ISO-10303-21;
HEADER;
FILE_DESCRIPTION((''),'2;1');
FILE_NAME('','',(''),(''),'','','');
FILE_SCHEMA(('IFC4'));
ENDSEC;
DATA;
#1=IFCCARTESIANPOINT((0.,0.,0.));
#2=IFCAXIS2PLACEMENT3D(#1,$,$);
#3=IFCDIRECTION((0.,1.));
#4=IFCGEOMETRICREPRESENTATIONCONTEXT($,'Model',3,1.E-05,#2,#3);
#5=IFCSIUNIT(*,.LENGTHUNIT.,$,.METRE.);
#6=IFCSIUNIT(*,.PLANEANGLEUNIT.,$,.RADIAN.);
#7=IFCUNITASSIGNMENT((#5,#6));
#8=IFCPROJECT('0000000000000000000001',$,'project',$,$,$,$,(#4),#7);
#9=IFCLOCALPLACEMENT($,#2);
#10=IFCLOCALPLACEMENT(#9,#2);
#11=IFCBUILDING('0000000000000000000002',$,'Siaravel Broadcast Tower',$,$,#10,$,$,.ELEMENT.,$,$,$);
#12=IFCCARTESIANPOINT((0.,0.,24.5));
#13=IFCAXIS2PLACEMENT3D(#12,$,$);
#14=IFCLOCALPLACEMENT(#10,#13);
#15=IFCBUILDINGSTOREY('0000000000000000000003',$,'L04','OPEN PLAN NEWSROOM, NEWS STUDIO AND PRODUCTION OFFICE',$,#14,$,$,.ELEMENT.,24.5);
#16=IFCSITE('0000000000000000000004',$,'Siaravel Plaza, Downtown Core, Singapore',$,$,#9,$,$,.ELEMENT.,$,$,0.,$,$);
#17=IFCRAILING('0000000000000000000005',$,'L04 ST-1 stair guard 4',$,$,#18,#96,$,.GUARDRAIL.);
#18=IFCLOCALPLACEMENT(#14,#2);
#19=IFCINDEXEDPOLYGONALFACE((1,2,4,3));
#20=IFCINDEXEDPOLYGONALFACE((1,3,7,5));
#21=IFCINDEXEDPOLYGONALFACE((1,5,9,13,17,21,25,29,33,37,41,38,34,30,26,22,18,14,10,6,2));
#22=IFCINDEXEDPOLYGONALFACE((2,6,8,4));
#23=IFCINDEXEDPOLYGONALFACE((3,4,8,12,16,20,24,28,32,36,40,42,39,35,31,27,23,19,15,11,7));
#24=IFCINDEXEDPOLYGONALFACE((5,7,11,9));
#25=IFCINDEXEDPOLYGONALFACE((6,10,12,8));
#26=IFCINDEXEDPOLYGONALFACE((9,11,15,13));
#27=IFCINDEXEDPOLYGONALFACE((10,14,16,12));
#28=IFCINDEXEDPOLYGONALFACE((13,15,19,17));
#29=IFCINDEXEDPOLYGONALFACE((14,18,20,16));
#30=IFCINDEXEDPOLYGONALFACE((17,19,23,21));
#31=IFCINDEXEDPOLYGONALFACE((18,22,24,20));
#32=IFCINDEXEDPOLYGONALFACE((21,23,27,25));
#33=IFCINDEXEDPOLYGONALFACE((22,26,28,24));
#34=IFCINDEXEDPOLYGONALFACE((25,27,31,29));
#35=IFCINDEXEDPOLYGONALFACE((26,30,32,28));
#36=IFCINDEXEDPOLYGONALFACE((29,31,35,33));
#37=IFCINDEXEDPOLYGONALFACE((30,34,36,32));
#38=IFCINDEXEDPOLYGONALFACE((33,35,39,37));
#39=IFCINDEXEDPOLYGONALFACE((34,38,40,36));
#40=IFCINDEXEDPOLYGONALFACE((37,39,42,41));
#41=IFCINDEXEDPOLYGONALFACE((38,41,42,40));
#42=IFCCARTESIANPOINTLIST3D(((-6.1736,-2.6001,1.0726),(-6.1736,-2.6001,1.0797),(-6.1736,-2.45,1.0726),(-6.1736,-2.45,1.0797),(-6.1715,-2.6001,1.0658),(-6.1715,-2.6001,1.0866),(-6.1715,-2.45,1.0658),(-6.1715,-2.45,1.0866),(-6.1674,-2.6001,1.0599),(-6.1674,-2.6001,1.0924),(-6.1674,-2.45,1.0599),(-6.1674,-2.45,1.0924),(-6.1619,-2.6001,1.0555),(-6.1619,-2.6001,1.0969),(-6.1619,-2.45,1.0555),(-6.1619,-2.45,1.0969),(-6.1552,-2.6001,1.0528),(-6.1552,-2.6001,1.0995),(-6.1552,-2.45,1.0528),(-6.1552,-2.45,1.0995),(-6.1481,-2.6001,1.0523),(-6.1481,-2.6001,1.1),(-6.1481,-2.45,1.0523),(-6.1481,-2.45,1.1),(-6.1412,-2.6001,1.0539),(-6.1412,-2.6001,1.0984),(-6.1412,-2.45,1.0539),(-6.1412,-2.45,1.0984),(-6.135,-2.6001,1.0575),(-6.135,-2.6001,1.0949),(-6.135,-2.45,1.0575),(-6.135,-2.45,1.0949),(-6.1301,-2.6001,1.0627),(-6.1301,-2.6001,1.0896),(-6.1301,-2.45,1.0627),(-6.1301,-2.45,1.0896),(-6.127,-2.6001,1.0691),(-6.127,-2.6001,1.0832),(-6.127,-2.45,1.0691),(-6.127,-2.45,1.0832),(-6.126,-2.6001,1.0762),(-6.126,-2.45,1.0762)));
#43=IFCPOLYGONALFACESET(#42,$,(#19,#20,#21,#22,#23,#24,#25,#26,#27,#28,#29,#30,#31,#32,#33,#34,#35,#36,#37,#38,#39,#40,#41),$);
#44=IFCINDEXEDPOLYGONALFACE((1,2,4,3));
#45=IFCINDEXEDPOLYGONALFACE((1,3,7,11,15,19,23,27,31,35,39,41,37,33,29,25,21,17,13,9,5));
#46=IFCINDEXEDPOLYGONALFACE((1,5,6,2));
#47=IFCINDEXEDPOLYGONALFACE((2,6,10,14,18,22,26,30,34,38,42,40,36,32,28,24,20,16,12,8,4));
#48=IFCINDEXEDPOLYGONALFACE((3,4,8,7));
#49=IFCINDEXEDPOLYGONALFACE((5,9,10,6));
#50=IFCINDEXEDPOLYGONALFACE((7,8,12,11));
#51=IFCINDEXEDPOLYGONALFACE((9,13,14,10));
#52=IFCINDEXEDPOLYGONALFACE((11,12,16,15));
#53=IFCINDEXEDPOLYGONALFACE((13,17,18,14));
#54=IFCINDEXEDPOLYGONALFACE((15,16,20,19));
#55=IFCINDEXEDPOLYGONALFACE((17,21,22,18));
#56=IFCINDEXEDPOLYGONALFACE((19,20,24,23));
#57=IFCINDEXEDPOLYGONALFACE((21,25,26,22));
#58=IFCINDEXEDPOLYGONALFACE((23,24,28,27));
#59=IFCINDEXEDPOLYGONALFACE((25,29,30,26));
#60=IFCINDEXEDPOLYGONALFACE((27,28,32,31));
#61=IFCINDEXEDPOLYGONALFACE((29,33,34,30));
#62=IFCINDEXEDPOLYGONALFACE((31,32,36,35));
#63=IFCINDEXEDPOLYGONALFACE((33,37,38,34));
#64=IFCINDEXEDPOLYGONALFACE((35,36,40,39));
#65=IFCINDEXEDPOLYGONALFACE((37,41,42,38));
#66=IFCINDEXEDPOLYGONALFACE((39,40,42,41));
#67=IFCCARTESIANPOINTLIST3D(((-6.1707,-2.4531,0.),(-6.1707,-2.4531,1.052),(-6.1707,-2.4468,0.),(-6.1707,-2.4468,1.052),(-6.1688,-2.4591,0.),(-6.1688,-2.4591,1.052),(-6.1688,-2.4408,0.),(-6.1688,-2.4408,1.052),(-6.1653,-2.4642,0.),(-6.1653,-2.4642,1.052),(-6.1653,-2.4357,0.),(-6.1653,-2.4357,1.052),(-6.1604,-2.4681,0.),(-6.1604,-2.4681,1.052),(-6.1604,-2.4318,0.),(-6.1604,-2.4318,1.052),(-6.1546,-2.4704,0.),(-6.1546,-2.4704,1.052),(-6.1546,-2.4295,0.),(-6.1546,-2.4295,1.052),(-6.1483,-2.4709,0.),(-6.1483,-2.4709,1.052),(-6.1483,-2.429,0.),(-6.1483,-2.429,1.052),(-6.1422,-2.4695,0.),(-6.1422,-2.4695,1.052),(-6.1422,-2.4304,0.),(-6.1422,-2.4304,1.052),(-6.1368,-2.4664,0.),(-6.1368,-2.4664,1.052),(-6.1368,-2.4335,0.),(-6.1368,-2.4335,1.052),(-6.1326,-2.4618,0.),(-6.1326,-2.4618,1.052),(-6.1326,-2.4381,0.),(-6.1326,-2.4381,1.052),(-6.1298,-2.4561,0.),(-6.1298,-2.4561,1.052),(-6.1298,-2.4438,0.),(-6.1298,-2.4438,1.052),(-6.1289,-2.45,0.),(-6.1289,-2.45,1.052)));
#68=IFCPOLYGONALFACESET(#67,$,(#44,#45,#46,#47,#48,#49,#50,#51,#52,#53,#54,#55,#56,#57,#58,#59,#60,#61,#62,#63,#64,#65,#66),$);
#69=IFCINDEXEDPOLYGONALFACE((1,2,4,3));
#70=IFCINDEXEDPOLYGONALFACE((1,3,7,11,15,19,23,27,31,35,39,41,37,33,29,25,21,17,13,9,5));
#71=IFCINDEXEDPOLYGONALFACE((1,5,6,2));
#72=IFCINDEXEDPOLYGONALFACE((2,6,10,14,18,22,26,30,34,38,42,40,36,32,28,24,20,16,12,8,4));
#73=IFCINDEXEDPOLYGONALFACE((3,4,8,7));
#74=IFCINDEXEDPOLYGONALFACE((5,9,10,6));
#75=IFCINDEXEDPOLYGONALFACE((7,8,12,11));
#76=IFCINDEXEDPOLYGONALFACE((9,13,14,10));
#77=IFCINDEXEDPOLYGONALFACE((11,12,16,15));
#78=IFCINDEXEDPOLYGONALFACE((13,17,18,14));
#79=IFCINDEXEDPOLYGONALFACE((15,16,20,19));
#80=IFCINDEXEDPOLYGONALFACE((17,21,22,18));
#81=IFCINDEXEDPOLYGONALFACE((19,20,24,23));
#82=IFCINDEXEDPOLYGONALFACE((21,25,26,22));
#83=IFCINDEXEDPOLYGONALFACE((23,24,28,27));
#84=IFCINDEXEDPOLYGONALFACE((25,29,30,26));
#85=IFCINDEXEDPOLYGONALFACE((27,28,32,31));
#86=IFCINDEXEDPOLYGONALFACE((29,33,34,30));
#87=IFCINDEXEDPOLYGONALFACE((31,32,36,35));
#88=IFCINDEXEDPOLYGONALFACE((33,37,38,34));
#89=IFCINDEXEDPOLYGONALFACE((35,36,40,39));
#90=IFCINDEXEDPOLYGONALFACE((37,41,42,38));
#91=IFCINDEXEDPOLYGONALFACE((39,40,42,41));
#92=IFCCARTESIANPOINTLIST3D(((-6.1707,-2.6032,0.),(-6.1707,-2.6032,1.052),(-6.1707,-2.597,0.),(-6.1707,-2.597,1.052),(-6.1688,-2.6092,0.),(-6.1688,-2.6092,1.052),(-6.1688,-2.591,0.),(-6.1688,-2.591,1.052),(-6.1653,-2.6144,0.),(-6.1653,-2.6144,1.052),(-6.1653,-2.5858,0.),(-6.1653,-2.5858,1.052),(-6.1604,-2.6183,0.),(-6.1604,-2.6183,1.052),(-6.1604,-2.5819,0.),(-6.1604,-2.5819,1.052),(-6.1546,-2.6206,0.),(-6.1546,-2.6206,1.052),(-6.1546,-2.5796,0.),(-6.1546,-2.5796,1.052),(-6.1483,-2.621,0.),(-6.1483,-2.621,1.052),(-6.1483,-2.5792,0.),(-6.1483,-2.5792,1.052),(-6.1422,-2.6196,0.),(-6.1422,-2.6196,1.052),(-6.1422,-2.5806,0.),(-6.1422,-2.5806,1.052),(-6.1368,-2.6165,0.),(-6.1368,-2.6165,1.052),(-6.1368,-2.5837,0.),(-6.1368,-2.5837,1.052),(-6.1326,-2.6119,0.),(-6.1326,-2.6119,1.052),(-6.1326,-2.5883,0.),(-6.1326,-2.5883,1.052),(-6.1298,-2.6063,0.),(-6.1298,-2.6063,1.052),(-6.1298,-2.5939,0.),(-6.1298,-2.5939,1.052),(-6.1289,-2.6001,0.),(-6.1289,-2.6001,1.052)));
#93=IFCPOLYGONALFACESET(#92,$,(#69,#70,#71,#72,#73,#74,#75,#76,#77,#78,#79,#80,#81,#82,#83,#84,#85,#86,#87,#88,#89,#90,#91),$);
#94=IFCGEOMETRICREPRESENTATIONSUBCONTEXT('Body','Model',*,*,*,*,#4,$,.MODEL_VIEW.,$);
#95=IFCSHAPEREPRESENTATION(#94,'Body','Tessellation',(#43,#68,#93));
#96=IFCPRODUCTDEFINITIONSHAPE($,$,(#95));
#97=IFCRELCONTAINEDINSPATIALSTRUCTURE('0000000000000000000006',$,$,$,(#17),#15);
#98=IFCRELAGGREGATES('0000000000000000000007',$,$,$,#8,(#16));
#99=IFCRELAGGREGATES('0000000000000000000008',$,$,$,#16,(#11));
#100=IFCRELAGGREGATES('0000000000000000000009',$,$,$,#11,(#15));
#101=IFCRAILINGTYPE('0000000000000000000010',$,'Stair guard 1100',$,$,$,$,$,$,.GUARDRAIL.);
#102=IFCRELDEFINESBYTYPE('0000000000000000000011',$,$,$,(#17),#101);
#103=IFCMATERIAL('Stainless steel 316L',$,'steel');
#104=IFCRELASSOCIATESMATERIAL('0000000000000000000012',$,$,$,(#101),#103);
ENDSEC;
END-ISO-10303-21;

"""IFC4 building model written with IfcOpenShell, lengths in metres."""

from ifc_helpers import new_model, si_unit, direction, frame, origin, origin_2d, place, context, subcontext, project, spatial, circle, extrude, material, type_object, element, save


model = new_model("IFC4")

# Units and contexts
model_context = context("Model", 3, precision=1e-05, world=origin(), true_north=direction((0.0, 1.0)))
body_context = subcontext(model_context, "Body", "Model", "MODEL_VIEW")
ifc_project = project(units=[si_unit("LENGTHUNIT", "METRE"), si_unit("PLANEANGLEUNIT", "RADIAN")], contexts=[model_context])

# Site, building, storey
site_placement = place(None, origin())
site = spatial("IfcSite", under=ifc_project, at=site_placement, Name="Siaravel Plaza, Downtown Core, Singapore", CompositionType="ELEMENT", RefElevation=0.0)
building_placement = place(site_placement, origin())
building = spatial("IfcBuilding", under=site, at=building_placement, Name="Siaravel Broadcast Tower", CompositionType="ELEMENT")
storey_placement = place(building_placement, frame((0.0, 0.0, 24.5)))
storey = spatial("IfcBuildingStorey", under=building, at=storey_placement, Name="L04", Description="OPEN PLAN NEWSROOM, NEWS STUDIO AND PRODUCTION OFFICE", CompositionType="ELEMENT", Elevation=24.5)

# Railing
ifc_material_1 = material(Name="Stainless steel 316L", Category="steel")
railing_type_1 = type_object("IfcRailingType", Name="Stair guard 1100", PredefinedType="GUARDRAIL", material=ifc_material_1)
railing_1_placement = place(storey_placement, frame((-6.1499, -2.45, 0.0)))
element("IfcRailing", 1, at=railing_1_placement, inside=storey, type_object=railing_type_1, Name="L04 ST-1 stair guard 4", PredefinedType="GUARDRAIL", context=body_context, shape_type="SweptSolid", body=[
    extrude(circle(Radius=0.0239, at=origin_2d()), frame((0.0, 0.0, 1.0762), z_axis=(0.0, -1.0, 0.0), x_axis=(1.0, 0.0, 0.0)), (0.0, 0.0, 1.0), 0.1501),
    extrude(circle(Radius=0.021, at=origin_2d()), origin(), (0.0, 0.0, 1.0), 1.052),
    extrude(circle(Radius=0.021, at=origin_2d()), frame((0.0, -0.1501, 0.0)), (0.0, 0.0, 1.0), 1.052),
])

save(model, "model.ifc")
